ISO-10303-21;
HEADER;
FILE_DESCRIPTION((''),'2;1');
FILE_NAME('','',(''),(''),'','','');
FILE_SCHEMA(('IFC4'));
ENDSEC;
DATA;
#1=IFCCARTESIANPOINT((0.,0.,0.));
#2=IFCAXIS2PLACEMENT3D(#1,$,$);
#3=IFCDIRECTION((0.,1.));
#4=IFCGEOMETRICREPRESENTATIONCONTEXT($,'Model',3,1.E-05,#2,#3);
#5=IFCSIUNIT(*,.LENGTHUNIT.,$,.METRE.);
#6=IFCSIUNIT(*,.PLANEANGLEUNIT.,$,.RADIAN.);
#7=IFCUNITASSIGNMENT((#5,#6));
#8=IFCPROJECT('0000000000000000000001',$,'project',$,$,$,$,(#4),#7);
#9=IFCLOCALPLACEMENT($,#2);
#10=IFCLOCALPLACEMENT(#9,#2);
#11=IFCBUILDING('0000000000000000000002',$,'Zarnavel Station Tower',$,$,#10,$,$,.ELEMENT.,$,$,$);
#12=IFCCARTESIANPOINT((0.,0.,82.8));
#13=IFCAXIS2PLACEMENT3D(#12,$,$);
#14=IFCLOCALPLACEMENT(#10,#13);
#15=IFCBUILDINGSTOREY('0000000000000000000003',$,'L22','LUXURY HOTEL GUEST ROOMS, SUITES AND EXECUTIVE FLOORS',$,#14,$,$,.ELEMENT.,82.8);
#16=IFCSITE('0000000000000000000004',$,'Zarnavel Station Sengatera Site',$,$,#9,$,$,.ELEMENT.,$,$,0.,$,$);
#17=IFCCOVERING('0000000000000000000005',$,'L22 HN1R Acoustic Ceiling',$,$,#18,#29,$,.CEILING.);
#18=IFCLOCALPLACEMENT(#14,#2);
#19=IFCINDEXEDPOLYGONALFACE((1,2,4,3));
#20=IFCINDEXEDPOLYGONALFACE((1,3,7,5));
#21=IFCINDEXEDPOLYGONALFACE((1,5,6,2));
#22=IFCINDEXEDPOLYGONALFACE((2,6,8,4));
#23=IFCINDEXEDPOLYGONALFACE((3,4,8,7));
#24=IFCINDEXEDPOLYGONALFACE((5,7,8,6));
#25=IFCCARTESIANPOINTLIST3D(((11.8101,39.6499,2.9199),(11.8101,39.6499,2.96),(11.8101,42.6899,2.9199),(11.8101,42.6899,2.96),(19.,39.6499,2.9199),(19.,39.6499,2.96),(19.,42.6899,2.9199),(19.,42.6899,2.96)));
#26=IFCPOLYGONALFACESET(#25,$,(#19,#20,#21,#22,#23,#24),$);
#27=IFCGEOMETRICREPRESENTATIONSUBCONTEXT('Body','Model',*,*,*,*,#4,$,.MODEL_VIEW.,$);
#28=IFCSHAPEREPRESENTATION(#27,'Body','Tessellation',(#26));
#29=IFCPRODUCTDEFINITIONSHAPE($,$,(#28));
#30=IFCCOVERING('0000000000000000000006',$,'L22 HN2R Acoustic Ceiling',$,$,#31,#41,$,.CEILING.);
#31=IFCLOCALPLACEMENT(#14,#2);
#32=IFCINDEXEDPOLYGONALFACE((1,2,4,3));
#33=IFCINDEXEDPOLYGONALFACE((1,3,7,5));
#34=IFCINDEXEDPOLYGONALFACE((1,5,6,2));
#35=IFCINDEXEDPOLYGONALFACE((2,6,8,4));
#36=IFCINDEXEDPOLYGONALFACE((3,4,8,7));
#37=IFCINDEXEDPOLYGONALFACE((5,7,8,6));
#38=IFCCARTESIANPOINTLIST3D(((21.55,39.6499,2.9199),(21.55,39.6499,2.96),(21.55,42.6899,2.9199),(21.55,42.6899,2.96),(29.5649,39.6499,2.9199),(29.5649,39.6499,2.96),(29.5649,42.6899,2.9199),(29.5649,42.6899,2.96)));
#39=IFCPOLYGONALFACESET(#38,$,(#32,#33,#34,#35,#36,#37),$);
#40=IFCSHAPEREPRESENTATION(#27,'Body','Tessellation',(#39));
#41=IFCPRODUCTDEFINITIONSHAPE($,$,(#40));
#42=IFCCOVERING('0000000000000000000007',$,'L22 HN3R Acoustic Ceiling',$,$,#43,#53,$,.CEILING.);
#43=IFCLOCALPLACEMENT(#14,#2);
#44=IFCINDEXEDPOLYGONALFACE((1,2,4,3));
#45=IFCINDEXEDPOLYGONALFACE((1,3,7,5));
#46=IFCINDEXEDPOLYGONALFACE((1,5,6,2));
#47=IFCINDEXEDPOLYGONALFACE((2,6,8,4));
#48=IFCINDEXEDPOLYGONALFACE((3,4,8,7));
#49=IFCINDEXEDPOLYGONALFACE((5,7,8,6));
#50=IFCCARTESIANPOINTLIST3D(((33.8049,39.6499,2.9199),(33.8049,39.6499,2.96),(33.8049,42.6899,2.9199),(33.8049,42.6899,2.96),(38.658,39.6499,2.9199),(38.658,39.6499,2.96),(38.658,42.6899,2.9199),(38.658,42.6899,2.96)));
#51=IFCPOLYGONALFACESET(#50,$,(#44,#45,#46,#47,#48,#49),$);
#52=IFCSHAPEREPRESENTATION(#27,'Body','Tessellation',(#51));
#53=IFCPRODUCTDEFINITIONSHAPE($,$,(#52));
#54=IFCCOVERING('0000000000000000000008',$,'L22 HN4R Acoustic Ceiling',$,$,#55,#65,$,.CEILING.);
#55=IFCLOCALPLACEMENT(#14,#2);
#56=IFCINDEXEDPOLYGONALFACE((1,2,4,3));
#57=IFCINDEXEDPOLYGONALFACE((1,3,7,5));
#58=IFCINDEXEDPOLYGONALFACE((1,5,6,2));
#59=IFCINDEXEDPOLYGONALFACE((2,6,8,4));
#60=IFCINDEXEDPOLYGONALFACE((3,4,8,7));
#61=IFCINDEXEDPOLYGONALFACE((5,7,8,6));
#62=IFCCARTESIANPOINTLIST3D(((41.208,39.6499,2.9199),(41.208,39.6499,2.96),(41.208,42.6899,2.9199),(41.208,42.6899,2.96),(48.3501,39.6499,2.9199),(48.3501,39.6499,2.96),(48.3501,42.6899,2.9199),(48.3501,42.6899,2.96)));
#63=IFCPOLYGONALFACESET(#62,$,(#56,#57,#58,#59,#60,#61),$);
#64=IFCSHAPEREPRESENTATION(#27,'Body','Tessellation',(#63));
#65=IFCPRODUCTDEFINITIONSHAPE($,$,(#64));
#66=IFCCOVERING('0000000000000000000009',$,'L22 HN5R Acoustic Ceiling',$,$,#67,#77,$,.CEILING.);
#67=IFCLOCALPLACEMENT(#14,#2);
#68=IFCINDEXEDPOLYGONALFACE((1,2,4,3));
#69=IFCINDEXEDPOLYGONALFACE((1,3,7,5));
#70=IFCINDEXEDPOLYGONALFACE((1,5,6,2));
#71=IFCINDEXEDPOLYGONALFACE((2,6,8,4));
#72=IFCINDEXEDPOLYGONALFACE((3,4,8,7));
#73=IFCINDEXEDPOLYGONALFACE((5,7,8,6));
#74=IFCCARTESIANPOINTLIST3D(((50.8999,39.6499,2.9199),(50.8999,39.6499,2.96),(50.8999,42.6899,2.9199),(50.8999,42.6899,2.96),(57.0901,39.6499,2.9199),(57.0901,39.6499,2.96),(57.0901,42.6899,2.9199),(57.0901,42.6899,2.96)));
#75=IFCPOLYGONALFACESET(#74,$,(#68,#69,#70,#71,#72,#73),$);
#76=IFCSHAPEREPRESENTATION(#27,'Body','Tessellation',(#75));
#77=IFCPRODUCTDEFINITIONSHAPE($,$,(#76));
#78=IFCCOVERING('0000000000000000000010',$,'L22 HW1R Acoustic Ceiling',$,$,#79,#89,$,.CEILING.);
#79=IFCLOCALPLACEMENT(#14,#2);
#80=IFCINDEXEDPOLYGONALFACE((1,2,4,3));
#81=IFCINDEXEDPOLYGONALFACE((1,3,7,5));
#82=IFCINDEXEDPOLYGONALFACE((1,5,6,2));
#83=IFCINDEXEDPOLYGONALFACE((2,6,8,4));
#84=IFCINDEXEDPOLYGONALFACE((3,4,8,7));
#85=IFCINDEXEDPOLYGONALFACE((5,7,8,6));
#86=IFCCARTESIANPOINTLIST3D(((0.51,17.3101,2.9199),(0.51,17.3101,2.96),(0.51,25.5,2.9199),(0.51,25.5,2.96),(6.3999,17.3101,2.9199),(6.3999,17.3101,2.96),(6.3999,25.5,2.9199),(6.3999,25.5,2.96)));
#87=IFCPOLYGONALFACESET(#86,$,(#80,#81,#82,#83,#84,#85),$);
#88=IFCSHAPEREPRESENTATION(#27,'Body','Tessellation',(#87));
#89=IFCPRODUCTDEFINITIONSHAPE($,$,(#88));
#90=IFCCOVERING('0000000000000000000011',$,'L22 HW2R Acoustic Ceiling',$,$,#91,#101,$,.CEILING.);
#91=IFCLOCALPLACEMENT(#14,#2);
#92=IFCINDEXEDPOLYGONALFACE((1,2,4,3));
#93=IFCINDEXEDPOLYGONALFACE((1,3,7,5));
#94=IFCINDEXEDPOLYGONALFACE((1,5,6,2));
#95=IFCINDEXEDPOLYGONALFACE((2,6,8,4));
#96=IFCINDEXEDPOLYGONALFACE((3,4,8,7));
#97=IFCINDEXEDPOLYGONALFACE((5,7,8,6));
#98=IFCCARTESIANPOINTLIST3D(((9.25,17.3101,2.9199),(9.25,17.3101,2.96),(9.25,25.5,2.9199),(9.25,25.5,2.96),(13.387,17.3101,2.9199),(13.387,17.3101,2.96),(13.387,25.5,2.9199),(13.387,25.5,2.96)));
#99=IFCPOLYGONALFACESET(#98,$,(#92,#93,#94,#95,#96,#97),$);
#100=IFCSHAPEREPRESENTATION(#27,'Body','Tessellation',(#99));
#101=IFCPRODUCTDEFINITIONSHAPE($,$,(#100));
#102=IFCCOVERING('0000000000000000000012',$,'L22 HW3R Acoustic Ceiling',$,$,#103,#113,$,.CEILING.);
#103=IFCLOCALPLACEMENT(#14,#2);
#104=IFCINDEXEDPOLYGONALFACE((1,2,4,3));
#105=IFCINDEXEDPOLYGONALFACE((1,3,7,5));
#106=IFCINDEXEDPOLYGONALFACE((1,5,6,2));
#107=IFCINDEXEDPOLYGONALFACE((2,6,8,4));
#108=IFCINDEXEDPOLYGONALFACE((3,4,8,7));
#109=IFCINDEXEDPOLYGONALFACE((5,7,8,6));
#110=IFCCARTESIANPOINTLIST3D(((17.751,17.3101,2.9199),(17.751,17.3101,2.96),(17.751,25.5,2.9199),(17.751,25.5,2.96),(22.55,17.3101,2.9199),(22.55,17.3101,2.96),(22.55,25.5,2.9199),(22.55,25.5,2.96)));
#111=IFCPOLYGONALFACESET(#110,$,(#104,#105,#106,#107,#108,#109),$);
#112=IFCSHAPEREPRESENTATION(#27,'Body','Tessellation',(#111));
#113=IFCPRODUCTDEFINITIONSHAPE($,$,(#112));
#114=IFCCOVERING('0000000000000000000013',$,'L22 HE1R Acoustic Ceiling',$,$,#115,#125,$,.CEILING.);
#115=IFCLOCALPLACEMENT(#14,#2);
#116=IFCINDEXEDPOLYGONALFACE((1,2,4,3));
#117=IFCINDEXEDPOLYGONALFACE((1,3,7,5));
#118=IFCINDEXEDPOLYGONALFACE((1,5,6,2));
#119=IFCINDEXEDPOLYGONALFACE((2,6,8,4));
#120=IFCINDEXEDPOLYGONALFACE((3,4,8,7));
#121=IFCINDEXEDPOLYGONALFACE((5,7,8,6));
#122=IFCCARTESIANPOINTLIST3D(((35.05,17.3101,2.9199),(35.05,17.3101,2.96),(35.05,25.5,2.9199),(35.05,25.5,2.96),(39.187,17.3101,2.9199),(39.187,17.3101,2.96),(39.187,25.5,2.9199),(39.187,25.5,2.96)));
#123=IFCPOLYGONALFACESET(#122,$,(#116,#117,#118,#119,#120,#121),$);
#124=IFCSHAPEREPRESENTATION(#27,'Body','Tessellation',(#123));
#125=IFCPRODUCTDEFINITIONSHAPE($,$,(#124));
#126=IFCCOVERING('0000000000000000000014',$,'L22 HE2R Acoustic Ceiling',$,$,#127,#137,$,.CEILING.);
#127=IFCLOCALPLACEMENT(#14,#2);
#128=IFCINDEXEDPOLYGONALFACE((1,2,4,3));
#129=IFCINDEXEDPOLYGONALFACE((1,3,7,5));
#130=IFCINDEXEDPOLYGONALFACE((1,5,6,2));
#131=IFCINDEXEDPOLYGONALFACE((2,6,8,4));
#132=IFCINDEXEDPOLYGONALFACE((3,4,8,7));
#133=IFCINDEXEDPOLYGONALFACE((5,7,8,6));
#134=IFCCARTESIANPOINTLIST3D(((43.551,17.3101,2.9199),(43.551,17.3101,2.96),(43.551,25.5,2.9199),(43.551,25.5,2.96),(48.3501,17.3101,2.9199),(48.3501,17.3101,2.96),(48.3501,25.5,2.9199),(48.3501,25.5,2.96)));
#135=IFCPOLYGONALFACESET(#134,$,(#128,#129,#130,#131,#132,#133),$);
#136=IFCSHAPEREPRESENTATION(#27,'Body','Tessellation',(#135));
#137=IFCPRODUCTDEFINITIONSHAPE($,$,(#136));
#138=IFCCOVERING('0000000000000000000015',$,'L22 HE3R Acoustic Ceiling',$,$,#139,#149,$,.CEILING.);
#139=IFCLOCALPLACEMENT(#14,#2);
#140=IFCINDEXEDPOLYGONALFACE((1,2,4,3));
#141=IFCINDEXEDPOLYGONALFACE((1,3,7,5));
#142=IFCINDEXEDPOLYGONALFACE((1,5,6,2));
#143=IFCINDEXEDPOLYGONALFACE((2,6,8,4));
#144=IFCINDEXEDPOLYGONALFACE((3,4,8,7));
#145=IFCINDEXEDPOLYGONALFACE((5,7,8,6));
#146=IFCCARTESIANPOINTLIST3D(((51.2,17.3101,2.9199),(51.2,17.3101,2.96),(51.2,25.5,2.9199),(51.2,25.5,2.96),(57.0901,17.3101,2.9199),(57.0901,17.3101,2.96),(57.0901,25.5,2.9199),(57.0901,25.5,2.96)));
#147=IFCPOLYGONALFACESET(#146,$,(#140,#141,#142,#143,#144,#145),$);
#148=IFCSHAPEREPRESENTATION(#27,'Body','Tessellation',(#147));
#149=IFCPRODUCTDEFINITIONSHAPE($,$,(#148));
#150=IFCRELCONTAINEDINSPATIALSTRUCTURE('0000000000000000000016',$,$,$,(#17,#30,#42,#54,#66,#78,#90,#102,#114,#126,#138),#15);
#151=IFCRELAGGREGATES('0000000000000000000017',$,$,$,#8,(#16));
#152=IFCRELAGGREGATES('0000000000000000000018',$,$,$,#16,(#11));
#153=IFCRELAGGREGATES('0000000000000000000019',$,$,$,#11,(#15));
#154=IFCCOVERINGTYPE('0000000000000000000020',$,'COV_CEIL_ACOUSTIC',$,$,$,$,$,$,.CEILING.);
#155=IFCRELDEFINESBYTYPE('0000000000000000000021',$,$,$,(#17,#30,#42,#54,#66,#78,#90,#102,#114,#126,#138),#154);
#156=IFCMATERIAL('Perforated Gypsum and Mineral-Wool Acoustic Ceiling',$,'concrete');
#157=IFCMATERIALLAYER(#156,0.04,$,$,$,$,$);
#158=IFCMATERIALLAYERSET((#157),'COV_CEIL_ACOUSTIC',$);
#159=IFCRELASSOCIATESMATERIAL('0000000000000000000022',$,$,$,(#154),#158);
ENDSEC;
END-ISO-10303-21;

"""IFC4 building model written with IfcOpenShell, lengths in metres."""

from ifc_helpers import new_model, si_unit, direction, frame, origin, place, context, subcontext, project, spatial, polyline, outline, extrude, material, layer, layer_set, type_object, element, save


model = new_model("IFC4")

# Units and contexts
model_context = context("Model", 3, precision=1e-05, world=origin(), true_north=direction((0.0, 1.0)))
body_context = subcontext(model_context, "Body", "Model", "MODEL_VIEW")
ifc_project = project(units=[si_unit("LENGTHUNIT", "METRE"), si_unit("PLANEANGLEUNIT", "RADIAN")], contexts=[model_context])

# Site, building, storey
site_placement = place(None, origin())
site = spatial("IfcSite", under=ifc_project, at=site_placement, Name="Zarnavel Station Sengatera Site", CompositionType="ELEMENT", RefElevation=0.0)
building_placement = place(site_placement, origin())
building = spatial("IfcBuilding", under=site, at=building_placement, Name="Zarnavel Station Tower", CompositionType="ELEMENT")
storey_placement = place(building_placement, frame((0.0, 0.0, 82.8)))
storey = spatial("IfcBuildingStorey", under=building, at=storey_placement, Name="L22", Description="LUXURY HOTEL GUEST ROOMS, SUITES AND EXECUTIVE FLOORS", CompositionType="ELEMENT", Elevation=82.8)

# Coverings
ifc_material_1 = material(Name="Perforated Gypsum and Mineral-Wool Acoustic Ceiling", Category="concrete")
ifc_layer_1 = layer(ifc_material_1, 0.04)
ifc_layer_set_1 = layer_set([ifc_layer_1], Name="COV_CEIL_ACOUSTIC")
covering_type_1 = type_object("IfcCoveringType", Name="COV_CEIL_ACOUSTIC", PredefinedType="CEILING", material=ifc_layer_set_1)
covering_1_placement = place(storey_placement, frame((0.0, 0.0, 2.9199)))
element("IfcCovering", 1, at=covering_1_placement, inside=storey, type_object=covering_type_1, Name="L22 HN1R Acoustic Ceiling", PredefinedType="CEILING", context=body_context, shape_type="SweptSolid", body=[
    extrude(outline(polyline([(11.8101, 39.6499), (19.0, 39.6499), (19.0, 42.6899), (11.8101, 42.6899), (11.8101, 39.6499)])), origin(), (0.0, 0.0, 1.0), 0.04),
])
covering_2_placement = place(storey_placement, frame((0.0, 0.0, 2.9199)))
element("IfcCovering", 2, at=covering_2_placement, inside=storey, type_object=covering_type_1, Name="L22 HN2R Acoustic Ceiling", PredefinedType="CEILING", context=body_context, shape_type="SweptSolid", body=[
    extrude(outline(polyline([(21.55, 39.6499), (29.5649, 39.6499), (29.5649, 42.6899), (21.55, 42.6899), (21.55, 39.6499)])), origin(), (0.0, 0.0, 1.0), 0.04),
])
covering_3_placement = place(storey_placement, frame((0.0, 0.0, 2.9199)))
element("IfcCovering", 3, at=covering_3_placement, inside=storey, type_object=covering_type_1, Name="L22 HN3R Acoustic Ceiling", PredefinedType="CEILING", context=body_context, shape_type="SweptSolid", body=[
    extrude(outline(polyline([(33.8049, 39.6499), (38.658, 39.6499), (38.658, 42.6899), (33.8049, 42.6899), (33.8049, 39.6499)])), origin(), (0.0, 0.0, 1.0), 0.04),
])
covering_4_placement = place(storey_placement, frame((0.0, 0.0, 2.9199)))
element("IfcCovering", 4, at=covering_4_placement, inside=storey, type_object=covering_type_1, Name="L22 HN4R Acoustic Ceiling", PredefinedType="CEILING", context=body_context, shape_type="SweptSolid", body=[
    extrude(outline(polyline([(41.208, 39.6499), (48.3501, 39.6499), (48.3501, 42.6899), (41.208, 42.6899), (41.208, 39.6499)])), origin(), (0.0, 0.0, 1.0), 0.04),
])
covering_5_placement = place(storey_placement, frame((0.0, 0.0, 2.9199)))
element("IfcCovering", 5, at=covering_5_placement, inside=storey, type_object=covering_type_1, Name="L22 HN5R Acoustic Ceiling", PredefinedType="CEILING", context=body_context, shape_type="SweptSolid", body=[
    extrude(outline(polyline([(50.8999, 39.6499), (57.0901, 39.6499), (57.0901, 42.6899), (50.8999, 42.6899), (50.8999, 39.6499)])), origin(), (0.0, 0.0, 1.0), 0.04),
])
covering_6_placement = place(storey_placement, frame((0.0, 0.0, 2.9199)))
element("IfcCovering", 6, at=covering_6_placement, inside=storey, type_object=covering_type_1, Name="L22 HW1R Acoustic Ceiling", PredefinedType="CEILING", context=body_context, shape_type="SweptSolid", body=[
    extrude(outline(polyline([(0.51, 17.3101), (6.3999, 17.3101), (6.3999, 25.5), (0.51, 25.5), (0.51, 17.3101)])), origin(), (0.0, 0.0, 1.0), 0.04),
])
covering_7_placement = place(storey_placement, frame((0.0, 0.0, 2.9199)))
element("IfcCovering", 7, at=covering_7_placement, inside=storey, type_object=covering_type_1, Name="L22 HW2R Acoustic Ceiling", PredefinedType="CEILING", context=body_context, shape_type="SweptSolid", body=[
    extrude(outline(polyline([(9.25, 17.3101), (13.387, 17.3101), (13.387, 25.5), (9.25, 25.5), (9.25, 17.3101)])), origin(), (0.0, 0.0, 1.0), 0.04),
])
covering_8_placement = place(storey_placement, frame((0.0, 0.0, 2.9199)))
element("IfcCovering", 8, at=covering_8_placement, inside=storey, type_object=covering_type_1, Name="L22 HW3R Acoustic Ceiling", PredefinedType="CEILING", context=body_context, shape_type="SweptSolid", body=[
    extrude(outline(polyline([(17.751, 17.3101), (22.55, 17.3101), (22.55, 25.5), (17.751, 25.5), (17.751, 17.3101)])), origin(), (0.0, 0.0, 1.0), 0.04),
])
covering_9_placement = place(storey_placement, frame((0.0, 0.0, 2.9199)))
element("IfcCovering", 9, at=covering_9_placement, inside=storey, type_object=covering_type_1, Name="L22 HE1R Acoustic Ceiling", PredefinedType="CEILING", context=body_context, shape_type="SweptSolid", body=[
    extrude(outline(polyline([(35.05, 17.3101), (39.187, 17.3101), (39.187, 25.5), (35.05, 25.5), (35.05, 17.3101)])), origin(), (0.0, 0.0, 1.0), 0.04),
])
covering_10_placement = place(storey_placement, frame((0.0, 0.0, 2.9199)))
element("IfcCovering", 10, at=covering_10_placement, inside=storey, type_object=covering_type_1, Name="L22 HE2R Acoustic Ceiling", PredefinedType="CEILING", context=body_context, shape_type="SweptSolid", body=[
    extrude(outline(polyline([(43.551, 17.3101), (48.3501, 17.3101), (48.3501, 25.5), (43.551, 25.5), (43.551, 17.3101)])), origin(), (0.0, 0.0, 1.0), 0.04),
])
covering_11_placement = place(storey_placement, frame((0.0, 0.0, 2.9199)))
element("IfcCovering", 11, at=covering_11_placement, inside=storey, type_object=covering_type_1, Name="L22 HE3R Acoustic Ceiling", PredefinedType="CEILING", context=body_context, shape_type="SweptSolid", body=[
    extrude(outline(polyline([(51.2, 17.3101), (57.0901, 17.3101), (57.0901, 25.5), (51.2, 25.5), (51.2, 17.3101)])), origin(), (0.0, 0.0, 1.0), 0.04),
])

save(model, "model.ifc")
